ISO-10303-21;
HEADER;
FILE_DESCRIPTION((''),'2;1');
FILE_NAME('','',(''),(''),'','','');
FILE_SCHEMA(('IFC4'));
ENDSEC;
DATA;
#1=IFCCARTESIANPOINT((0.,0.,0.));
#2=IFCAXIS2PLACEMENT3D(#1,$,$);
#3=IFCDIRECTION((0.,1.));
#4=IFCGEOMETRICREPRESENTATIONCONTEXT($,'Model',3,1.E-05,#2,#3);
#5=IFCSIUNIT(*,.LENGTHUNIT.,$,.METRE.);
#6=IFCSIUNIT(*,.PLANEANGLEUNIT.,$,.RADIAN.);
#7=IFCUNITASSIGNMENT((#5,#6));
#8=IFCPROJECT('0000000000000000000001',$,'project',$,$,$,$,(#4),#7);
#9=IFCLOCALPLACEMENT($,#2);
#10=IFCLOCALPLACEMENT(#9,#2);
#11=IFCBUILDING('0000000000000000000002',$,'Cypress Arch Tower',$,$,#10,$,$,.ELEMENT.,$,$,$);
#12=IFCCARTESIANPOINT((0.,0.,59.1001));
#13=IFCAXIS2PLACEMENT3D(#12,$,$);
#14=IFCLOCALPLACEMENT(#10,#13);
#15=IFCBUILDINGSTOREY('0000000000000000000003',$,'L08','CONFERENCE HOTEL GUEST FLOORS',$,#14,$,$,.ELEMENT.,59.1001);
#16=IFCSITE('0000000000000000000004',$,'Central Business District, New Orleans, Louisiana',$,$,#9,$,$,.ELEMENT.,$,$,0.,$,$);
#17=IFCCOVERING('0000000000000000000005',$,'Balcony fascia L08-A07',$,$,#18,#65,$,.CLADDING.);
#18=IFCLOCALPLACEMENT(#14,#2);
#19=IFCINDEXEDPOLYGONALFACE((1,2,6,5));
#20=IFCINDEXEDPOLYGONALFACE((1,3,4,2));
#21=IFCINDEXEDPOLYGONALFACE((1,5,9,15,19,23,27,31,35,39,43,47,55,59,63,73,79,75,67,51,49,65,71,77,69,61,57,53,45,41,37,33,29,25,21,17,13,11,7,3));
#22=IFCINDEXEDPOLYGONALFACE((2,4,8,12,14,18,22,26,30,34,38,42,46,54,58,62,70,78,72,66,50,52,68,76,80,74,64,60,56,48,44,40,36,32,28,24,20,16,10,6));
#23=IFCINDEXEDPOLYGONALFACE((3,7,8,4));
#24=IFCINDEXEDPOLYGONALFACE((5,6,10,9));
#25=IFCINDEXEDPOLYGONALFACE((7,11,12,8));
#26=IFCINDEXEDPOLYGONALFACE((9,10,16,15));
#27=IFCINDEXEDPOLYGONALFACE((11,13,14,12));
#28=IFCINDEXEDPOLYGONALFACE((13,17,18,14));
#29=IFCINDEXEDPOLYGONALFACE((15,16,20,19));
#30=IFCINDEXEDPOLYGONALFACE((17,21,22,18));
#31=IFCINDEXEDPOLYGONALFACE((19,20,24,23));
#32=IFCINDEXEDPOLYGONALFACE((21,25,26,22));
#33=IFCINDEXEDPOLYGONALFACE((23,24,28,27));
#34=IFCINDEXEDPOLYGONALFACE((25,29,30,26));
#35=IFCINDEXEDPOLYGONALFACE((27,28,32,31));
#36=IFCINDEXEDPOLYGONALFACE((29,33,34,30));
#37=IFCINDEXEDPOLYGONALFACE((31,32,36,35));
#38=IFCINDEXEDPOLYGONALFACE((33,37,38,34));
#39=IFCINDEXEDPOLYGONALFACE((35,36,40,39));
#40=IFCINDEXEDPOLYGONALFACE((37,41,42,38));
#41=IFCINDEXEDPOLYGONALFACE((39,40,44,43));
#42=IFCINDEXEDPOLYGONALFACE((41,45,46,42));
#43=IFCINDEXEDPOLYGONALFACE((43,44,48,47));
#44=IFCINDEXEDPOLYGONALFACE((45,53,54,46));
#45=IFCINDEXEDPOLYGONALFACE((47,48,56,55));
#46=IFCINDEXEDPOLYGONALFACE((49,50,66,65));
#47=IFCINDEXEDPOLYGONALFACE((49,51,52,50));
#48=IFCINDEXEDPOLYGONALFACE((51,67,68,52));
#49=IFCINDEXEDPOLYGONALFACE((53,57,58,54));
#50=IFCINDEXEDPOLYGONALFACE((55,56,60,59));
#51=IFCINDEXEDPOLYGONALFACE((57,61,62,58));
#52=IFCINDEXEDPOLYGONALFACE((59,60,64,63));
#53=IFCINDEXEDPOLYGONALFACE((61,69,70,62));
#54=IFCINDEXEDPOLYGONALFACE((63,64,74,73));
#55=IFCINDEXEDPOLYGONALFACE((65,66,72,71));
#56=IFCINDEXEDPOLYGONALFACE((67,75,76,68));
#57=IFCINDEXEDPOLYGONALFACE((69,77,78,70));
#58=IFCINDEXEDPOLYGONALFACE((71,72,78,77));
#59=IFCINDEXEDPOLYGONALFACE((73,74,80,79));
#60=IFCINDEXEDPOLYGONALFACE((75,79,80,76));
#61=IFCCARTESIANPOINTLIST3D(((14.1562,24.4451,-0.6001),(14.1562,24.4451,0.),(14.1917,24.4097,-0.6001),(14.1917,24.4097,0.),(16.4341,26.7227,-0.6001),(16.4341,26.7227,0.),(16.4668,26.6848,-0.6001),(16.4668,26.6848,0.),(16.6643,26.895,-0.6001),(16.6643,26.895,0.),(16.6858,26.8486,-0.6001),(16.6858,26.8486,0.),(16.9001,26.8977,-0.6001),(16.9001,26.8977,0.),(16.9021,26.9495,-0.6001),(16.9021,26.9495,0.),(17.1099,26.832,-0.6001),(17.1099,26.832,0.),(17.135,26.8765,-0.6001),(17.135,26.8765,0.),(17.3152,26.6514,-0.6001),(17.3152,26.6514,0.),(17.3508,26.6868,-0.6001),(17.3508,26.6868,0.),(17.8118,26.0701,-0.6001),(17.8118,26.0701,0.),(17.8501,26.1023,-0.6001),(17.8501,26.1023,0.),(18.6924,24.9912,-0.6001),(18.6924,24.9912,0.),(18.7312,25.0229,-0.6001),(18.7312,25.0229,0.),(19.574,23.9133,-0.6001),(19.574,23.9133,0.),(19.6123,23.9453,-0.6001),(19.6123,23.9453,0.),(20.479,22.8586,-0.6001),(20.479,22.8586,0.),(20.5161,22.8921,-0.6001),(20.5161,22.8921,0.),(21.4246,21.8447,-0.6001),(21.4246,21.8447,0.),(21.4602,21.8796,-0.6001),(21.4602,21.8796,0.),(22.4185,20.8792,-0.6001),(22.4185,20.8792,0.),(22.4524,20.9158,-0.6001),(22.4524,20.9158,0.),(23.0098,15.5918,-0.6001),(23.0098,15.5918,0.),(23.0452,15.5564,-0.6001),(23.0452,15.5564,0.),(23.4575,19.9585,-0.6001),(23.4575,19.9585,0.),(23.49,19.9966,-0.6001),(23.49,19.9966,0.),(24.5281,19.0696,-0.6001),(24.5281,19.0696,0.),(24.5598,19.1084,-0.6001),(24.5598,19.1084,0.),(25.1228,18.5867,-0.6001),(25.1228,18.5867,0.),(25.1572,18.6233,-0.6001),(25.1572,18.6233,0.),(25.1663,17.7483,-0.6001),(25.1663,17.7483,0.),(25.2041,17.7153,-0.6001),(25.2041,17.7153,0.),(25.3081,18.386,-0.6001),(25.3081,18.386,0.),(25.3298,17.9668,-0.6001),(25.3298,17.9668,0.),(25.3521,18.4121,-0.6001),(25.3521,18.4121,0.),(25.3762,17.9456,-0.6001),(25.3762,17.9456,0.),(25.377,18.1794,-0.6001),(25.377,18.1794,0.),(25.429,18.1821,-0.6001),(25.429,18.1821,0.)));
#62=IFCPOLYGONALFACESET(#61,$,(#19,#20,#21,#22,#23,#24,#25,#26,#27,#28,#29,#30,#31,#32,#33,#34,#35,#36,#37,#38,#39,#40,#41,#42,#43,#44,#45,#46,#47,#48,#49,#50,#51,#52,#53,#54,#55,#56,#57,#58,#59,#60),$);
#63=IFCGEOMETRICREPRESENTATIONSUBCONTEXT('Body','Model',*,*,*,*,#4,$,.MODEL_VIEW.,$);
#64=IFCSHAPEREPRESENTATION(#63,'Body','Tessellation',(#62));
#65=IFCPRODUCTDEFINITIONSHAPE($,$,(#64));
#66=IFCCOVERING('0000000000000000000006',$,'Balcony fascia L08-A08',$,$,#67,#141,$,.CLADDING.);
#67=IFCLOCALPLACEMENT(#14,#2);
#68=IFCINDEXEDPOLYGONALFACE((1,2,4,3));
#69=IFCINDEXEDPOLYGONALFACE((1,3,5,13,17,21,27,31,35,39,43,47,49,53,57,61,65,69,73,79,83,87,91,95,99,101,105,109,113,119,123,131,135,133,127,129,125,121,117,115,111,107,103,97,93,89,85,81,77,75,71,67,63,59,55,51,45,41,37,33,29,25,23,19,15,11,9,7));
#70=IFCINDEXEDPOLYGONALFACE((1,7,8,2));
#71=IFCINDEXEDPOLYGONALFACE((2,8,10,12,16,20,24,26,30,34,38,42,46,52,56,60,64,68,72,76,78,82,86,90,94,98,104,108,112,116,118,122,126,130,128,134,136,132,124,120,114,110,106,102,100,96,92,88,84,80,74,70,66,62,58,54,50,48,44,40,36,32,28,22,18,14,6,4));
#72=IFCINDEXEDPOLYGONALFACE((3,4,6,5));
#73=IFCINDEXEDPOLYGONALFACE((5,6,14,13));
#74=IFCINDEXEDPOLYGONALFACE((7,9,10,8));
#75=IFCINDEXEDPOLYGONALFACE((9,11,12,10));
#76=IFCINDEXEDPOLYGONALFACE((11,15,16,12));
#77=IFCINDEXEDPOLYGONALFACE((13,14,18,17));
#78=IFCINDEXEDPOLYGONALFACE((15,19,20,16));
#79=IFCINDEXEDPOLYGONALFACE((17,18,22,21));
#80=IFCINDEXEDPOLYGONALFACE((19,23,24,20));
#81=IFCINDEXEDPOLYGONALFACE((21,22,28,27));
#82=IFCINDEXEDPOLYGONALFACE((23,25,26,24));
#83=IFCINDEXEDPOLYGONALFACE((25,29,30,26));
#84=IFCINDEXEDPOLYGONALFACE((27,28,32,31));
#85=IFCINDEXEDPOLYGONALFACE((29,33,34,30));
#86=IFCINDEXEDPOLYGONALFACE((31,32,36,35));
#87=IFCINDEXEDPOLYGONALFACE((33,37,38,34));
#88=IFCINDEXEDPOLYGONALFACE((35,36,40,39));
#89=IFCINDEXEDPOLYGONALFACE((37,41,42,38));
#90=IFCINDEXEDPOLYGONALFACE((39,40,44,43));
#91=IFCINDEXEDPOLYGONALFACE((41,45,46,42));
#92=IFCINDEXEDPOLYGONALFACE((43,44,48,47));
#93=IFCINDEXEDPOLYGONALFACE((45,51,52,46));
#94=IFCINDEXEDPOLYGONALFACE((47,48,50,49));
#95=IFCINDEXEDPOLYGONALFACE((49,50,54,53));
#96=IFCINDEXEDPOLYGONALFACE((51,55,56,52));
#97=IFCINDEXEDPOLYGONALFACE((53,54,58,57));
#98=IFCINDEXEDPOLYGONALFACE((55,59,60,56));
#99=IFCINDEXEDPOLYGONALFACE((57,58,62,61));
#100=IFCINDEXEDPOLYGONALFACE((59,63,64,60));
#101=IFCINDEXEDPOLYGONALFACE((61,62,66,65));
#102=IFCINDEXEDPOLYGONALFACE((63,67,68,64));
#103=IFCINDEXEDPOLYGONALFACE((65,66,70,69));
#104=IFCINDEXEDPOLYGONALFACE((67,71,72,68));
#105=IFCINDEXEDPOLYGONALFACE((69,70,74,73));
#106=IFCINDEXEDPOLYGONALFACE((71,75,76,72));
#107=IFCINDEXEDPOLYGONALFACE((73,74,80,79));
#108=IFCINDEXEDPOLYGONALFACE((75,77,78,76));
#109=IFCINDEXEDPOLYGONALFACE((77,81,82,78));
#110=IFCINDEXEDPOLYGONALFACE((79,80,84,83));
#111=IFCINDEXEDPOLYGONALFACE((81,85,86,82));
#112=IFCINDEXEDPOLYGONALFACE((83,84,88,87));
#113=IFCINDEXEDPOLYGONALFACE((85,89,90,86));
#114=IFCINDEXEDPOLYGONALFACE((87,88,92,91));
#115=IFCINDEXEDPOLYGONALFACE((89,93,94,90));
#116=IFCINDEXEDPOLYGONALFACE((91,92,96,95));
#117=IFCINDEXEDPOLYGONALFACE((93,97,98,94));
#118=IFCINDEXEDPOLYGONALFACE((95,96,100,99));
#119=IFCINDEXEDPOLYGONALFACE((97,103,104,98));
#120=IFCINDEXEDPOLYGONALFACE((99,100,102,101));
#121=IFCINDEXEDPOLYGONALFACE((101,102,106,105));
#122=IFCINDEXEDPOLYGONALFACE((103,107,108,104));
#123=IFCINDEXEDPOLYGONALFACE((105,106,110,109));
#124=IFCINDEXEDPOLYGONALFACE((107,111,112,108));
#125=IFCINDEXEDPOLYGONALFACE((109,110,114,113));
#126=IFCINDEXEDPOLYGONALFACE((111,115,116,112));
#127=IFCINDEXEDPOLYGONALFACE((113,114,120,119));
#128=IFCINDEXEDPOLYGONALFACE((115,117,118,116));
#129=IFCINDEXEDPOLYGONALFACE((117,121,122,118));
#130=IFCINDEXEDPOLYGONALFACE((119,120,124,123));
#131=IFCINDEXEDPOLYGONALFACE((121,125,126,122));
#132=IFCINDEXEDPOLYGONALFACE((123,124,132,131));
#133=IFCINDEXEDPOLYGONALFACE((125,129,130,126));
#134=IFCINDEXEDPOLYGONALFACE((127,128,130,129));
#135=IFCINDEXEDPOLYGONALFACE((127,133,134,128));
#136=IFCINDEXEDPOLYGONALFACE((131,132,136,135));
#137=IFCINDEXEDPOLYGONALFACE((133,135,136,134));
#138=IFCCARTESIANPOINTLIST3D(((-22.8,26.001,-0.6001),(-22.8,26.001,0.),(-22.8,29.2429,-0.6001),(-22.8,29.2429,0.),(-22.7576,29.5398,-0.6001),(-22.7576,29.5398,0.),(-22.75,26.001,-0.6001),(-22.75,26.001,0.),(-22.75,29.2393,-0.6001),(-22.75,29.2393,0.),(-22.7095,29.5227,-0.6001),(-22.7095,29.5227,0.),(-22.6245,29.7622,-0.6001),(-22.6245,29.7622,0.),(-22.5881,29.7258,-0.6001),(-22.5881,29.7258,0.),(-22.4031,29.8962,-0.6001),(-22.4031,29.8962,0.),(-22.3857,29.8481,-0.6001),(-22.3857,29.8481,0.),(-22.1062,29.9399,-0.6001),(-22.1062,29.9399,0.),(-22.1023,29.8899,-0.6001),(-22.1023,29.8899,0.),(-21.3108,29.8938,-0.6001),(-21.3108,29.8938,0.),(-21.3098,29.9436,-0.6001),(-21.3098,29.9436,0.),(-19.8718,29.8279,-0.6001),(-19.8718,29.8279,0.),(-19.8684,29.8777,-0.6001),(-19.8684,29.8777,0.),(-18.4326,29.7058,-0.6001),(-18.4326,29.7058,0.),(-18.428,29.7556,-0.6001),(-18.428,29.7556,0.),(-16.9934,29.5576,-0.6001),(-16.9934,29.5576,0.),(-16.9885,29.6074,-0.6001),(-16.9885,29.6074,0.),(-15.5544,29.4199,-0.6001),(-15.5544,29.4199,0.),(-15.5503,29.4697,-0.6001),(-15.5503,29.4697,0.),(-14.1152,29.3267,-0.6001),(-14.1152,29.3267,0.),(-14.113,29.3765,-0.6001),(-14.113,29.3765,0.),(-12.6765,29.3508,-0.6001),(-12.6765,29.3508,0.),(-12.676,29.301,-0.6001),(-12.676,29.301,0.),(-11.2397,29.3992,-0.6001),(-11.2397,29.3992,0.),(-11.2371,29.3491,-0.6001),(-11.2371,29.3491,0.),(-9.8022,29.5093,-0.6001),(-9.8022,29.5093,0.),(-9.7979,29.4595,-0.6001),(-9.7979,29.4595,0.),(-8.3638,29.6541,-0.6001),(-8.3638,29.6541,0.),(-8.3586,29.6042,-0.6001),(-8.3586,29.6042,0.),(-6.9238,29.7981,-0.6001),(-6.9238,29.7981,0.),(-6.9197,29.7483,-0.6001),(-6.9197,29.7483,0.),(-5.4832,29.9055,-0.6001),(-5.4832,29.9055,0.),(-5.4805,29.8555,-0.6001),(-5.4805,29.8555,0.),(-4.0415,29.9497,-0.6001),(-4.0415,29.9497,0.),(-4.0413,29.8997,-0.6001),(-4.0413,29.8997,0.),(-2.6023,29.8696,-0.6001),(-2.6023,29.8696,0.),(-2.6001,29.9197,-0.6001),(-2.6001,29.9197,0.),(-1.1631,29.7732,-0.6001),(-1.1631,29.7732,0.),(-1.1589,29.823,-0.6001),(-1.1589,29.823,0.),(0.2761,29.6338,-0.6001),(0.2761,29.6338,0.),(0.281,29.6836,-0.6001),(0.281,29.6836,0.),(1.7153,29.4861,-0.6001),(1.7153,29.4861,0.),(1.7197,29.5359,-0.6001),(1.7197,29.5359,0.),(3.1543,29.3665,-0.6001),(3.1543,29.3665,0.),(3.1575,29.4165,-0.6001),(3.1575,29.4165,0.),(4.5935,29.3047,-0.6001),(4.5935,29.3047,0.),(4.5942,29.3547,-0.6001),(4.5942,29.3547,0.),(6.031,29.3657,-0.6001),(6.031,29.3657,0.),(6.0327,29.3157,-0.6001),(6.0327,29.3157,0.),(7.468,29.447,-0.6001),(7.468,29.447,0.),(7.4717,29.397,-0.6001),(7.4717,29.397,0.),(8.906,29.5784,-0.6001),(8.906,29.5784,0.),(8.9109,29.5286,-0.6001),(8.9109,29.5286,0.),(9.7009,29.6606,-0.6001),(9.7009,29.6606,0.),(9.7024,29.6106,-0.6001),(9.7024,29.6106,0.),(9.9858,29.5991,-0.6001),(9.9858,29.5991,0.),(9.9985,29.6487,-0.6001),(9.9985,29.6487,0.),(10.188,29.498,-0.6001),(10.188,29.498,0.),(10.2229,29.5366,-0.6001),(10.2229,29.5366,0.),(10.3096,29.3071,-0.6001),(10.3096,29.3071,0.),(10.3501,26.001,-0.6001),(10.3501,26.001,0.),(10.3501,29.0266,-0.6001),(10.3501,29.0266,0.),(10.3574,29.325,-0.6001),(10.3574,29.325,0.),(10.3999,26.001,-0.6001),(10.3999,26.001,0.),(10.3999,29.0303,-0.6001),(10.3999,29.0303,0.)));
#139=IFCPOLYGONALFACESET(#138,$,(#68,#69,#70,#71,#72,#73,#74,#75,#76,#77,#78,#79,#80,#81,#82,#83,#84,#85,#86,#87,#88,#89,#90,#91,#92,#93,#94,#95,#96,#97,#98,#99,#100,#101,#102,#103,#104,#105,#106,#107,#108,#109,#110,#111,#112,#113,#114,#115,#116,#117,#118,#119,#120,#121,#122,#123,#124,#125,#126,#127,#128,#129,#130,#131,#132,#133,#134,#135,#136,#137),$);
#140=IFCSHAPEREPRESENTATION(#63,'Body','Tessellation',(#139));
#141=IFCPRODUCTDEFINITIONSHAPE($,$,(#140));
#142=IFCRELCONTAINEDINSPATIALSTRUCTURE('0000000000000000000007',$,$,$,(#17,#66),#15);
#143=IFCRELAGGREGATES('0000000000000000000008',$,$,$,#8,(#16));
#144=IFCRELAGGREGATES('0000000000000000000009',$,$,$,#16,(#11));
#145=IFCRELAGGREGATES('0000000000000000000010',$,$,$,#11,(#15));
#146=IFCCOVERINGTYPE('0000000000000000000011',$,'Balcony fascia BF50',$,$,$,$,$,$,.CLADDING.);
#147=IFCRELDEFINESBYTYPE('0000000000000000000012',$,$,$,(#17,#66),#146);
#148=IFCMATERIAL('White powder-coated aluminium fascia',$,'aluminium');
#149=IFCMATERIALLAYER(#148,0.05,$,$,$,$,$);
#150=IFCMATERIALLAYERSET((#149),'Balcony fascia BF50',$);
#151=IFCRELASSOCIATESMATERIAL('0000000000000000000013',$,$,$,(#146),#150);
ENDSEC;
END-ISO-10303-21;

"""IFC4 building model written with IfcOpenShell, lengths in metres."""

from ifc_helpers import new_model, si_unit, direction, frame, origin, place, context, subcontext, project, spatial, polyline, outline, extrude, material, layer, layer_set, type_object, element, save


model = new_model("IFC4")

# Units and contexts
model_context = context("Model", 3, precision=1e-05, world=origin(), true_north=direction((0.0, 1.0)))
body_context = subcontext(model_context, "Body", "Model", "MODEL_VIEW")
ifc_project = project(units=[si_unit("LENGTHUNIT", "METRE"), si_unit("PLANEANGLEUNIT", "RADIAN")], contexts=[model_context])

# Site, building, storey
site_placement = place(None, origin())
site = spatial("IfcSite", under=ifc_project, at=site_placement, Name="Central Business District, New Orleans, Louisiana", CompositionType="ELEMENT", RefElevation=0.0)
building_placement = place(site_placement, origin())
building = spatial("IfcBuilding", under=site, at=building_placement, Name="Cypress Arch Tower", CompositionType="ELEMENT")
storey_placement = place(building_placement, frame((0.0, 0.0, 59.1001)))
storey = spatial("IfcBuildingStorey", under=building, at=storey_placement, Name="L08", Description="CONFERENCE HOTEL GUEST FLOORS", CompositionType="ELEMENT", Elevation=59.1001)

# Coverings
ifc_material_1 = material(Name="White powder-coated aluminium fascia", Category="aluminium")
ifc_layer_1 = layer(ifc_material_1, 0.05)
ifc_layer_set_1 = layer_set([ifc_layer_1], Name="Balcony fascia BF50")
covering_type_1 = type_object("IfcCoveringType", Name="Balcony fascia BF50", PredefinedType="CLADDING", material=ifc_layer_set_1)
covering_1_placement = place(storey_placement, frame((0.0, 0.0, -0.6001)))
element("IfcCovering", 1, at=covering_1_placement, inside=storey, type_object=covering_type_1, Name="Balcony fascia L08-A07", PredefinedType="CLADDING", context=body_context, shape_type="SweptSolid", body=[
    extrude(outline(polyline([(16.4341, 26.7227), (16.6643, 26.895), (16.9021, 26.9495), (17.135, 26.8765), (17.3508, 26.6868), (17.8501, 26.1023), (18.7312, 25.0229), (19.6123, 23.9453), (20.5161, 22.8921), (21.4602, 21.8796), (22.4524, 20.9158), (23.49, 19.9966), (24.5598, 19.1084), (25.1572, 18.6233), (25.3521, 18.4121), (25.429, 18.1821), (25.3762, 17.9456), (25.2041, 17.7153), (23.0452, 15.5564), (23.0098, 15.5918), (25.1663, 17.7483), (25.3298, 17.9668), (25.377, 18.1794), (25.3081, 18.386), (25.1228, 18.5867), (24.5281, 19.0696), (23.4575, 19.9585), (22.4185, 20.8792), (21.4246, 21.8447), (20.479, 22.8586), (19.574, 23.9133), (18.6924, 24.9912), (17.8118, 26.0701), (17.3152, 26.6514), (17.1099, 26.832), (16.9001, 26.8977), (16.6858, 26.8486), (16.4668, 26.6848), (14.1917, 24.4097), (14.1562, 24.4451), (16.4341, 26.7227)])), origin(), (0.0, 0.0, 1.0), 0.6001),
])
covering_2_placement = place(storey_placement, frame((0.0, 0.0, -0.6001)))
element("IfcCovering", 2, at=covering_2_placement, inside=storey, type_object=covering_type_1, Name="Balcony fascia L08-A08", PredefinedType="CLADDING", context=body_context, shape_type="SweptSolid", body=[
    extrude(outline(polyline([(-22.8, 29.2429), (-22.7576, 29.5398), (-22.6245, 29.7622), (-22.4031, 29.8962), (-22.1062, 29.9399), (-21.3098, 29.9436), (-19.8684, 29.8777), (-18.428, 29.7556), (-16.9885, 29.6074), (-15.5503, 29.4697), (-14.113, 29.3765), (-12.6765, 29.3508), (-11.2397, 29.3992), (-9.8022, 29.5093), (-8.3638, 29.6541), (-6.9238, 29.7981), (-5.4832, 29.9055), (-4.0415, 29.9497), (-2.6001, 29.9197), (-1.1589, 29.823), (0.281, 29.6836), (1.7197, 29.5359), (3.1575, 29.4165), (4.5942, 29.3547), (6.031, 29.3657), (7.468, 29.447), (8.906, 29.5784), (9.7009, 29.6606), (9.9985, 29.6487), (10.2229, 29.5366), (10.3574, 29.325), (10.3999, 29.0303), (10.3999, 26.001), (10.3501, 26.001), (10.3501, 29.0266), (10.3096, 29.3071), (10.188, 29.498), (9.9858, 29.5991), (9.7024, 29.6106), (8.9109, 29.5286), (7.4717, 29.397), (6.0327, 29.3157), (4.5935, 29.3047), (3.1543, 29.3665), (1.7153, 29.4861), (0.2761, 29.6338), (-1.1631, 29.7732), (-2.6023, 29.8696), (-4.0413, 29.8997), (-5.4805, 29.8555), (-6.9197, 29.7483), (-8.3586, 29.6042), (-9.7979, 29.4595), (-11.2371, 29.3491), (-12.676, 29.301), (-14.1152, 29.3267), (-15.5544, 29.4199), (-16.9934, 29.5576), (-18.4326, 29.7058), (-19.8718, 29.8279), (-21.3108, 29.8938), (-22.1023, 29.8899), (-22.3857, 29.8481), (-22.5881, 29.7258), (-22.7095, 29.5227), (-22.75, 29.2393), (-22.75, 26.001), (-22.8, 26.001), (-22.8, 29.2429)])), origin(), (0.0, 0.0, 1.0), 0.6001),
])

save(model, "model.ifc")
